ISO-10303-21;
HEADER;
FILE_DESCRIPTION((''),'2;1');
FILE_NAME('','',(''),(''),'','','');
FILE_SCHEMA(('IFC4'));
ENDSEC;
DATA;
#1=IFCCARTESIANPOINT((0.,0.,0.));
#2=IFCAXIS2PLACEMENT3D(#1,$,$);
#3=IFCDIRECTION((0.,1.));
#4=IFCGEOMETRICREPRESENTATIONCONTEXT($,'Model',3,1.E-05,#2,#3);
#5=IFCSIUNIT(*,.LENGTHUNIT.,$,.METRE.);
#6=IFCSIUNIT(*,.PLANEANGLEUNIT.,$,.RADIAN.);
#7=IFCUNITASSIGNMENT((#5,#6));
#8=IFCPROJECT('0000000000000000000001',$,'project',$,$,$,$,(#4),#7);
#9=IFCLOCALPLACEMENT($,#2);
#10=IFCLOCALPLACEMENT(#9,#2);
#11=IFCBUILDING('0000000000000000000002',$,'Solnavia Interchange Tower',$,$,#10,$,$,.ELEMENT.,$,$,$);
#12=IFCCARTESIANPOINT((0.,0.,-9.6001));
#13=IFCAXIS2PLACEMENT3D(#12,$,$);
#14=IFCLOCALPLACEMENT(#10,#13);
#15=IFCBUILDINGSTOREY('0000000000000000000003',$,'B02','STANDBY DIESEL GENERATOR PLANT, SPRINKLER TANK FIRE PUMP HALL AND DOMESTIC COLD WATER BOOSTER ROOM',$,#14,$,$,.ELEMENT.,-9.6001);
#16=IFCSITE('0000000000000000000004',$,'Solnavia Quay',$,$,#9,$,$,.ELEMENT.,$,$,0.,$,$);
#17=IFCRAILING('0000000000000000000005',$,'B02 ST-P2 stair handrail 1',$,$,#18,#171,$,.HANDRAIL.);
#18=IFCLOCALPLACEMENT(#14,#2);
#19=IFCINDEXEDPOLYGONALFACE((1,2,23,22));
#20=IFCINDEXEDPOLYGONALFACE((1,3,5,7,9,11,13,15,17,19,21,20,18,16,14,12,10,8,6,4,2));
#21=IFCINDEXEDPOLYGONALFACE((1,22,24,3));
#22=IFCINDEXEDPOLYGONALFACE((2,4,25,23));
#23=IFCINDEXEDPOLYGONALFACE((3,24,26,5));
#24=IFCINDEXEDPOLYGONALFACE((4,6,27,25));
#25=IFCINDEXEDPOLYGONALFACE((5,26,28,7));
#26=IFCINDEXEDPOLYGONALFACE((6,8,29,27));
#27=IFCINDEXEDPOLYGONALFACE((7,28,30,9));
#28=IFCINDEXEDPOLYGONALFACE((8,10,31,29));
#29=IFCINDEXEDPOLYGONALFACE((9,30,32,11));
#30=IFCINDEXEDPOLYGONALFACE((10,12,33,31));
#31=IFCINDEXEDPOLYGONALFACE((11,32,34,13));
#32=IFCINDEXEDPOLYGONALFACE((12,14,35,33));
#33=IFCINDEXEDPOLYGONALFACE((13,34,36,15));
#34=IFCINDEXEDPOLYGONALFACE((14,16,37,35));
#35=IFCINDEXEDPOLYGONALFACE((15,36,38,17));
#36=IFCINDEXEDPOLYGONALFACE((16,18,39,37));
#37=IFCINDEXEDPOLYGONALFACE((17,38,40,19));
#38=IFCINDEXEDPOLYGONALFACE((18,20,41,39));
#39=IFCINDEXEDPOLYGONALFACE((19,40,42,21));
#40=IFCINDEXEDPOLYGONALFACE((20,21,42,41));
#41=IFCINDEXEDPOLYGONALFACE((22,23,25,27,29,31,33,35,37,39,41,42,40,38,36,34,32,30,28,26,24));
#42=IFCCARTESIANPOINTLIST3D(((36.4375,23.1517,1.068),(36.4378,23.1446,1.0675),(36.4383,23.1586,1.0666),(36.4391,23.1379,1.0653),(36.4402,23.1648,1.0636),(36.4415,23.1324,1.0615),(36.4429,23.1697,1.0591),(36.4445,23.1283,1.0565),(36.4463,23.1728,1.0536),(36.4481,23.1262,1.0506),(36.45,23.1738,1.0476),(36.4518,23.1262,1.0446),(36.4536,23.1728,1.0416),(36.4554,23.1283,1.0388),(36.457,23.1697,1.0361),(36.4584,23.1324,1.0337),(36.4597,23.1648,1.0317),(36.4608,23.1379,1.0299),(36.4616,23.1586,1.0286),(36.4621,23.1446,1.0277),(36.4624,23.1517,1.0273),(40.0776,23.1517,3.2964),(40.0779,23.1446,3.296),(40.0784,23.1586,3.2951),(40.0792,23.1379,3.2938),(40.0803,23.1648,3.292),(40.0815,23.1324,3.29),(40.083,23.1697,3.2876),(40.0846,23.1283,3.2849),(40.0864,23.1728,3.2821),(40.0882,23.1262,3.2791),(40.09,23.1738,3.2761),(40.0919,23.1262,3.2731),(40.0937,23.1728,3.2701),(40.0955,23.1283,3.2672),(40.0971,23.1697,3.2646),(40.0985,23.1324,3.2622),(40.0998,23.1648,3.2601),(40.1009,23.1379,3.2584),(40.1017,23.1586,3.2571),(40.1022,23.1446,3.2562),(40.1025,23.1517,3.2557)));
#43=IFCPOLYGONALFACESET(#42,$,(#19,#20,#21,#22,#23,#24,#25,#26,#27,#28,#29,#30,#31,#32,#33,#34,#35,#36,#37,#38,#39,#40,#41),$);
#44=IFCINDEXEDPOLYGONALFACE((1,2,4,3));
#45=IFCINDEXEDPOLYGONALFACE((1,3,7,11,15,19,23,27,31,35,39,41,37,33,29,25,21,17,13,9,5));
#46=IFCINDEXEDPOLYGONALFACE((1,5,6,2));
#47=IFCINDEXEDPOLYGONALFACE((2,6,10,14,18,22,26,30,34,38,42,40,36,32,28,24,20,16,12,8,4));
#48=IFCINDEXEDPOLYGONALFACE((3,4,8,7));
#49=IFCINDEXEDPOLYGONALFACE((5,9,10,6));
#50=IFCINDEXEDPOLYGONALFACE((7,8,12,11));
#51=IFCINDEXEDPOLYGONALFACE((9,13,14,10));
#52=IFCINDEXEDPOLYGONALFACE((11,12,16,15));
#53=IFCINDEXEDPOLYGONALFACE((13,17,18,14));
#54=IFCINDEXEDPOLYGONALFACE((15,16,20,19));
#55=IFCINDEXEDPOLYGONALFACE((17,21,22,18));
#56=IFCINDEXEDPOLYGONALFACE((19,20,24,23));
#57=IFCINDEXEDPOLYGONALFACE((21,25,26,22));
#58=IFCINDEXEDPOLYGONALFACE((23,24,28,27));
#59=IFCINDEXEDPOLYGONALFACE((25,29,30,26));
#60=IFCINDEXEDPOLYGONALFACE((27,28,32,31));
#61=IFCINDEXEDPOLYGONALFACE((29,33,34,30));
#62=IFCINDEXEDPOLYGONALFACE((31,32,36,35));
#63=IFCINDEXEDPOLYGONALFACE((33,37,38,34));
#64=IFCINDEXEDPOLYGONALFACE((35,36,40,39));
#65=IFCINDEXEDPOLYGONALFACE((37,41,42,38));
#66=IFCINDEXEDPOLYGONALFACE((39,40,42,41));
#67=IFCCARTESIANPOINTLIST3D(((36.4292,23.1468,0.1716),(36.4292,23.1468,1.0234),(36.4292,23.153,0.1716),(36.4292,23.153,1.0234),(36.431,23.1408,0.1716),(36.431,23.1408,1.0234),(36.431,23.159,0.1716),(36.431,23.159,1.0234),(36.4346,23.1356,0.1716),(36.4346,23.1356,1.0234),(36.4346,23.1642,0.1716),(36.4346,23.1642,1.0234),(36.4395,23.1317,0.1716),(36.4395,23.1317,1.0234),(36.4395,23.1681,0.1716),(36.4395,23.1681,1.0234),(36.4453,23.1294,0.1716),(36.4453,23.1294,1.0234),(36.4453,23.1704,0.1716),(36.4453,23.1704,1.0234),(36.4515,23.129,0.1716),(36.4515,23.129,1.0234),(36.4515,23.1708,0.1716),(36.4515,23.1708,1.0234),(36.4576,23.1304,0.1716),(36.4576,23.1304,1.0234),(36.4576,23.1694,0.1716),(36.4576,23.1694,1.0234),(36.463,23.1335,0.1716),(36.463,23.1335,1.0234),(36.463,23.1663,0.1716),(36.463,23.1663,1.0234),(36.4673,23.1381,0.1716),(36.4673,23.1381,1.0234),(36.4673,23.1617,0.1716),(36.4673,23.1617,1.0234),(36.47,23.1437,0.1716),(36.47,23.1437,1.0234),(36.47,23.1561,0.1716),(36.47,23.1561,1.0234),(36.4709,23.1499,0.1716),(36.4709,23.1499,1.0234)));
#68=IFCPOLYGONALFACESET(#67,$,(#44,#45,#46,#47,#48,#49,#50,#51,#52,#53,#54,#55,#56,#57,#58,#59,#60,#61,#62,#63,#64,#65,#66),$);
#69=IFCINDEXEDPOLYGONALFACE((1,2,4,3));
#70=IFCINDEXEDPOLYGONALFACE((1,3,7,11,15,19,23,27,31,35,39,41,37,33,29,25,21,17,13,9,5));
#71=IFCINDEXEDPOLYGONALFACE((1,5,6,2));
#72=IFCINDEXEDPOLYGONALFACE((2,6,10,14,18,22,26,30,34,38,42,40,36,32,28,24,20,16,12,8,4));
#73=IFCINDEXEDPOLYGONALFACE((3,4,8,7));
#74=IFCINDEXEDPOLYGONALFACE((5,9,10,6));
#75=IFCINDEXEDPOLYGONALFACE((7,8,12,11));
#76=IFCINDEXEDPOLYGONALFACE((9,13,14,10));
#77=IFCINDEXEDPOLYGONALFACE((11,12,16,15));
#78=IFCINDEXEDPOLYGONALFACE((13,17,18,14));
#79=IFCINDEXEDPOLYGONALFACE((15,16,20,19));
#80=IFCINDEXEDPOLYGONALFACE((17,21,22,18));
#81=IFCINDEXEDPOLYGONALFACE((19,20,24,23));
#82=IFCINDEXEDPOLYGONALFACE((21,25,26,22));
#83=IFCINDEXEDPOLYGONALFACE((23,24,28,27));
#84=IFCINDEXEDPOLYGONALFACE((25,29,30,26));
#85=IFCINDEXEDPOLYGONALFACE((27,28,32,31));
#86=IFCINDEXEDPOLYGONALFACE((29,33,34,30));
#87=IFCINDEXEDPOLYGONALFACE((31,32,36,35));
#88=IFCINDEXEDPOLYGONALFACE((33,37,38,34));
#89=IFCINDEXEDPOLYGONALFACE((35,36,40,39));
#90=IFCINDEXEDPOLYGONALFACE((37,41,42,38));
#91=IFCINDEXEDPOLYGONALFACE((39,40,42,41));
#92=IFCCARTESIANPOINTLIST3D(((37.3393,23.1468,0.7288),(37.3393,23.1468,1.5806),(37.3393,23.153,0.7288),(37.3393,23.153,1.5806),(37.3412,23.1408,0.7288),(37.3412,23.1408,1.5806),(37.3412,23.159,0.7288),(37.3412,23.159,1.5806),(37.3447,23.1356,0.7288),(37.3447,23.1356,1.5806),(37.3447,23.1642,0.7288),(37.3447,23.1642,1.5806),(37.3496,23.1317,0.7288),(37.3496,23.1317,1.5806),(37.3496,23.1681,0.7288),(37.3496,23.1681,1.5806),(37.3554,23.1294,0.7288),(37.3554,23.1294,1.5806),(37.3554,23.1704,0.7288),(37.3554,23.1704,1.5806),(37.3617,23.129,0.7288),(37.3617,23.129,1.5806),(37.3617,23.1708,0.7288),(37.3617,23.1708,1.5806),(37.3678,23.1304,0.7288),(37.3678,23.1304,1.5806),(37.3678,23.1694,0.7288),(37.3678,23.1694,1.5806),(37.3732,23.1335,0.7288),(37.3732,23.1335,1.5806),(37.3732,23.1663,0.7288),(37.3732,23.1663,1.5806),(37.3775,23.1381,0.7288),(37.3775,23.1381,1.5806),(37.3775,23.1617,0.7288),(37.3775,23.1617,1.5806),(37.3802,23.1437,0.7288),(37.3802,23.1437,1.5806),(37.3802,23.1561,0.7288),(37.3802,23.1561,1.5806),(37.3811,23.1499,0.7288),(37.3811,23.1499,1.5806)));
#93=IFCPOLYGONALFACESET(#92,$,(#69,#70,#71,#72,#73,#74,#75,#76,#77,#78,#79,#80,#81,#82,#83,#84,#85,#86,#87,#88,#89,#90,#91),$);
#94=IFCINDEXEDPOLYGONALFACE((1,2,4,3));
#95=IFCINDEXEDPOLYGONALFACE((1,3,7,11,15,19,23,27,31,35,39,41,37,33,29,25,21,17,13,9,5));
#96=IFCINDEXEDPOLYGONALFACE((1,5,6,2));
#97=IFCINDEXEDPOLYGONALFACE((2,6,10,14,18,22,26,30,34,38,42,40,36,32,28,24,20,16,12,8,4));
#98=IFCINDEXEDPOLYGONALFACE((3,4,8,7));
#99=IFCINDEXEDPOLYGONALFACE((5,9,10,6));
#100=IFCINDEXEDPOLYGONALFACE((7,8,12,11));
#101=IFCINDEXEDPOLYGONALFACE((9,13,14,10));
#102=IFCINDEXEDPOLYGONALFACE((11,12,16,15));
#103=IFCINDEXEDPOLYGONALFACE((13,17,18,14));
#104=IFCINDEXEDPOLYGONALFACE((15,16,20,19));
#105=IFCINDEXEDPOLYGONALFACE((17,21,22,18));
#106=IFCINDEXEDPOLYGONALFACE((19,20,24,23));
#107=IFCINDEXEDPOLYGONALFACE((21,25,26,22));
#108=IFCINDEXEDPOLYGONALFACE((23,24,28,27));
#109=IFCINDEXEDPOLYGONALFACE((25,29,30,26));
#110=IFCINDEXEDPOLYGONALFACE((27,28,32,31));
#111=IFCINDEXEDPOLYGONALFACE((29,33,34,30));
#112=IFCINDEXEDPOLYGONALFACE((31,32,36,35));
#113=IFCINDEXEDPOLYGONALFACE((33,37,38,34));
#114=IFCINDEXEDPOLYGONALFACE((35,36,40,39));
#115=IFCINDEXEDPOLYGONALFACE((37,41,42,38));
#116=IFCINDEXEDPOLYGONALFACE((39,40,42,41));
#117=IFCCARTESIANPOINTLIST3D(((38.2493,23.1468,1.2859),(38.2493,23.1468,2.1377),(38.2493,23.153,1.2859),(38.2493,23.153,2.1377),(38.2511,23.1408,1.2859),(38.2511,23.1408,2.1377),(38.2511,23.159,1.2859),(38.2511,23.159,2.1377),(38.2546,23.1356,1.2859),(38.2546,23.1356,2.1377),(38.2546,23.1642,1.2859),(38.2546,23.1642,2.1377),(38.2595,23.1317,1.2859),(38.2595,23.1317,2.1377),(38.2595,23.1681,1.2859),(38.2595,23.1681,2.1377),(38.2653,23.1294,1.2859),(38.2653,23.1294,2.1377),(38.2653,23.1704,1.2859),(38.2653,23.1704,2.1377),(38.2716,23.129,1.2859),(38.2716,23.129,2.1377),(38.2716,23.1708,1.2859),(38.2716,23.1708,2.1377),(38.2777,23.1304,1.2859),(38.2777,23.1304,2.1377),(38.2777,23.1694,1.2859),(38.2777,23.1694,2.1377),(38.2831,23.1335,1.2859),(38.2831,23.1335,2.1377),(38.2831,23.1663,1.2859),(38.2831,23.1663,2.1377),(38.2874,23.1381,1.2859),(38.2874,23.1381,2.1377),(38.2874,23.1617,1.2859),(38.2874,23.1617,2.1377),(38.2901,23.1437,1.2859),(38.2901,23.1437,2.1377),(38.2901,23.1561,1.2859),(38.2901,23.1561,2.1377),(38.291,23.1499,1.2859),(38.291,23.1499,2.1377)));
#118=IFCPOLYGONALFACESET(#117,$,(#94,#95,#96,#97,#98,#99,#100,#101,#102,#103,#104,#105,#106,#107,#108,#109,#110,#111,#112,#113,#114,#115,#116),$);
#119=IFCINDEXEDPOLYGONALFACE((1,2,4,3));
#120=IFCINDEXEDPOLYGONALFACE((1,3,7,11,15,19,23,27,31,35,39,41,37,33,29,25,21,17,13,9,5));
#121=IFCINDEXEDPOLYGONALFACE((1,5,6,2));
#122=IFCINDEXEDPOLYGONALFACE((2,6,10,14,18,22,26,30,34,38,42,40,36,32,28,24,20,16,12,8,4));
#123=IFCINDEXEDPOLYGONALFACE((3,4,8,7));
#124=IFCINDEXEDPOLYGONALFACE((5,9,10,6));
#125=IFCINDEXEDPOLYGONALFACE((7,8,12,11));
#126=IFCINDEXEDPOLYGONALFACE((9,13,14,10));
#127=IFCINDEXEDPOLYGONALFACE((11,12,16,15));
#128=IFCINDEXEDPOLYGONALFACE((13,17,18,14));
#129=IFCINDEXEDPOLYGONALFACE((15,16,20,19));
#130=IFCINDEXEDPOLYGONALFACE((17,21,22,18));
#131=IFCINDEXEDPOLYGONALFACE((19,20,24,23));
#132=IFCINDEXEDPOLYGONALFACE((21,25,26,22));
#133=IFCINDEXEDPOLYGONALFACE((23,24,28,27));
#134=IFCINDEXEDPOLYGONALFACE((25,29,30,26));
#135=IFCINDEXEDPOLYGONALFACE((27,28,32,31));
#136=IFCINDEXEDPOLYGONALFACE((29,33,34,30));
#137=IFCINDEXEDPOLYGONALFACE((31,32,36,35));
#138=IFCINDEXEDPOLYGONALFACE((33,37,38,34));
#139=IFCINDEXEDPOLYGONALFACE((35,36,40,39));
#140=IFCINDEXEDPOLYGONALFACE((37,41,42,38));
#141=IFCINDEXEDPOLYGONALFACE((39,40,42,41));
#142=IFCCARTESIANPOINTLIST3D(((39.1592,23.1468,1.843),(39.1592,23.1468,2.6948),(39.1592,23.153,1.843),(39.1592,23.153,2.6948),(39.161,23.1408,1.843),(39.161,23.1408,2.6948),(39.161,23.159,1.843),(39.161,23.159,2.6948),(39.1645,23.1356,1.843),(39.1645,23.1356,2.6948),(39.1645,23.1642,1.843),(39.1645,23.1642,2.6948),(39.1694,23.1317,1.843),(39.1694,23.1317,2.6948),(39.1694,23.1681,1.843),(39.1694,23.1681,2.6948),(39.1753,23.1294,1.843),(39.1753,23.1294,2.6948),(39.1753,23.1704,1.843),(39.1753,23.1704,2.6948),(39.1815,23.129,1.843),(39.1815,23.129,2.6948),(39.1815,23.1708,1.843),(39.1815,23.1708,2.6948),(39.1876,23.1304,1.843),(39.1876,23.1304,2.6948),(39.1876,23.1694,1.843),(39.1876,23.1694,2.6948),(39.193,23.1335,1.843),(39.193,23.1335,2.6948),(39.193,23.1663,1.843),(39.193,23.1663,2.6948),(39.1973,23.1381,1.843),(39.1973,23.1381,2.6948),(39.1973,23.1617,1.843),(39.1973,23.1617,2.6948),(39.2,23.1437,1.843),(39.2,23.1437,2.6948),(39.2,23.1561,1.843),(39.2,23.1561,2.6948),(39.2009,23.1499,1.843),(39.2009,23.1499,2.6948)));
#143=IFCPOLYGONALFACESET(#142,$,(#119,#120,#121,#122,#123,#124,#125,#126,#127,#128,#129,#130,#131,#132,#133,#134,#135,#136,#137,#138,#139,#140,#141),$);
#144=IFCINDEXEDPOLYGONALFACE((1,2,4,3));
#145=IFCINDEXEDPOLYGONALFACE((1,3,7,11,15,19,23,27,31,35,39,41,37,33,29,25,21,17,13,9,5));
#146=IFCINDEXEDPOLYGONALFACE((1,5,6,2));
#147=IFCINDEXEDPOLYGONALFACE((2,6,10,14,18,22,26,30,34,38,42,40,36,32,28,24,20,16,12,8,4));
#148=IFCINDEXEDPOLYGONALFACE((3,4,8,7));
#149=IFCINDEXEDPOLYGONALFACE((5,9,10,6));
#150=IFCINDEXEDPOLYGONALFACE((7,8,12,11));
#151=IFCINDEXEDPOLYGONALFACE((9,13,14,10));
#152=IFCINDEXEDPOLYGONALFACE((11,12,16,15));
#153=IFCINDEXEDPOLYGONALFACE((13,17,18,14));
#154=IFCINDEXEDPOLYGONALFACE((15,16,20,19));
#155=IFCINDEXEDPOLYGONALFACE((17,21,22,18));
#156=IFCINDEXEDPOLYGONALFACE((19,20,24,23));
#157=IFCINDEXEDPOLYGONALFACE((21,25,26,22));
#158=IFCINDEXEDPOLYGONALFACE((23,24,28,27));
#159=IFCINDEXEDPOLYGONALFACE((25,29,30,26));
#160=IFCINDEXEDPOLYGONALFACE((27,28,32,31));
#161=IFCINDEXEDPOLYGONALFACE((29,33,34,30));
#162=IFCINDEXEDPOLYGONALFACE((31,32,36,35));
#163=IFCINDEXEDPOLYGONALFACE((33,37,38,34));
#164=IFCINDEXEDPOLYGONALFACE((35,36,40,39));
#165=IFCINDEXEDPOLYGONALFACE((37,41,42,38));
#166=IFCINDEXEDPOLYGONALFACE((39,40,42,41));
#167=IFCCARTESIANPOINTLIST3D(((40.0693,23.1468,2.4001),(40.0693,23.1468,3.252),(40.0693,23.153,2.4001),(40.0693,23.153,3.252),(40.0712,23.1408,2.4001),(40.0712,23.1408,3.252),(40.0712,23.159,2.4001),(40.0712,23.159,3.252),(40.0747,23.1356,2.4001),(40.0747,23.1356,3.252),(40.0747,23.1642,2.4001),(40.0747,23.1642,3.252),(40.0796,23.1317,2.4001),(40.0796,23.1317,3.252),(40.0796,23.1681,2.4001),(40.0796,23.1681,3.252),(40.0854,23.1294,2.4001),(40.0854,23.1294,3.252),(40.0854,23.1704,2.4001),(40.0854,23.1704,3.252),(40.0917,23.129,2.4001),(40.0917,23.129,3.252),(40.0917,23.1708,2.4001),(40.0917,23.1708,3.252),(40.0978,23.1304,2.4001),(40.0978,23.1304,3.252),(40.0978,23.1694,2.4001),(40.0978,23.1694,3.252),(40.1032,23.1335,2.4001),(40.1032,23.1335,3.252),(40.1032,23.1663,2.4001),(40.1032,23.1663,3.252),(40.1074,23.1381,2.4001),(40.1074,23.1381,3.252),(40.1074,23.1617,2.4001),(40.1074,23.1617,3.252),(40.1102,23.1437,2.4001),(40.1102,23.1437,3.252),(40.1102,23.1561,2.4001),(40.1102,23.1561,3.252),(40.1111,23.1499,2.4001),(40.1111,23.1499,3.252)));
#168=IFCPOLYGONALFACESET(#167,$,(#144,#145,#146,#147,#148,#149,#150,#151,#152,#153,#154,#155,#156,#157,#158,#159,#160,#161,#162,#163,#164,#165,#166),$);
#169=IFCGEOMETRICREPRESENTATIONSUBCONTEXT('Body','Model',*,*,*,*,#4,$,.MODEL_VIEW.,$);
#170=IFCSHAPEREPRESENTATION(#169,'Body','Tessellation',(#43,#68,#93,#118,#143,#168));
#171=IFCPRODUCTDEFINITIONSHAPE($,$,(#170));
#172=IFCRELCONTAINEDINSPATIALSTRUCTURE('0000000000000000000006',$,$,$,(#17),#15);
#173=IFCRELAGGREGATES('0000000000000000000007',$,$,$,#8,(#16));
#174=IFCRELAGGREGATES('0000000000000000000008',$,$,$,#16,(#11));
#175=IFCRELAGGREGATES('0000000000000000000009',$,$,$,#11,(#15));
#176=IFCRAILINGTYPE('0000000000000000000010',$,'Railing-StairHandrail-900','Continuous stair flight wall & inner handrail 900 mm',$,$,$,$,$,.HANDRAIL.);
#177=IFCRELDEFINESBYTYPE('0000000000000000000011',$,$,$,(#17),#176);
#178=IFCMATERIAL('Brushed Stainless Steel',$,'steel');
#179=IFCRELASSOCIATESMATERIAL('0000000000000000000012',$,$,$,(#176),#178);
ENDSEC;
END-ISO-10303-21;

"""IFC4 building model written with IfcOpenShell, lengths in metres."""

from ifc_helpers import new_model, si_unit, direction, frame, origin, origin_2d, place, context, subcontext, project, spatial, circle, extrude, material, type_object, element, save


model = new_model("IFC4")

# Units and contexts
model_context = context("Model", 3, precision=1e-05, world=origin(), true_north=direction((0.0, 1.0)))
body_context = subcontext(model_context, "Body", "Model", "MODEL_VIEW")
ifc_project = project(units=[si_unit("LENGTHUNIT", "METRE"), si_unit("PLANEANGLEUNIT", "RADIAN")], contexts=[model_context])

# Site, building, storey
site_placement = place(None, origin())
site = spatial("IfcSite", under=ifc_project, at=site_placement, Name="Solnavia Quay", CompositionType="ELEMENT", RefElevation=0.0)
building_placement = place(site_placement, origin())
building = spatial("IfcBuilding", under=site, at=building_placement, Name="Solnavia Interchange Tower", CompositionType="ELEMENT")
storey_placement = place(building_placement, frame((0.0, 0.0, -9.6001)))
storey = spatial("IfcBuildingStorey", under=building, at=storey_placement, Name="B02", Description="STANDBY DIESEL GENERATOR PLANT, SPRINKLER TANK FIRE PUMP HALL AND DOMESTIC COLD WATER BOOSTER ROOM", CompositionType="ELEMENT", Elevation=-9.6001)

# Railing
ifc_material_1 = material(Name="Brushed Stainless Steel", Category="steel")
railing_type_1 = type_object("IfcRailingType", Name="Railing-StairHandrail-900", Description="Continuous stair flight wall & inner handrail 900 mm", PredefinedType="HANDRAIL", material=ifc_material_1)
railing_1_placement = place(storey_placement, frame((36.45, 23.1499, 0.1716)))
element("IfcRailing", 1, at=railing_1_placement, inside=storey, type_object=railing_type_1, Name="B02 ST-P2 stair handrail 1", PredefinedType="HANDRAIL", context=body_context, shape_type="SweptSolid", body=[
    extrude(circle(Radius=0.0239, at=origin_2d()), frame((0.0, 0.0, 0.876), z_axis=(0.852866, 0.0, 0.52213), x_axis=(0.0, 1.0, 0.0)), (0.0, 0.0, 1.0), 4.2681),
    extrude(circle(Radius=0.021, at=origin_2d()), origin(), (0.0, 0.0, 1.0), 0.8518),
    extrude(circle(Radius=0.021, at=origin_2d()), frame((0.9102, 0.0, 0.5571)), (0.0, 0.0, 1.0), 0.8518),
    extrude(circle(Radius=0.021, at=origin_2d()), frame((1.8201, 0.0, 1.1143)), (0.0, 0.0, 1.0), 0.8518),
    extrude(circle(Radius=0.021, at=origin_2d()), frame((2.73, 0.0, 1.6714)), (0.0, 0.0, 1.0), 0.8518),
    extrude(circle(Radius=0.021, at=origin_2d()), frame((3.6401, 0.0, 2.2285)), (0.0, 0.0, 1.0), 0.8518),
])

save(model, "model.ifc")
